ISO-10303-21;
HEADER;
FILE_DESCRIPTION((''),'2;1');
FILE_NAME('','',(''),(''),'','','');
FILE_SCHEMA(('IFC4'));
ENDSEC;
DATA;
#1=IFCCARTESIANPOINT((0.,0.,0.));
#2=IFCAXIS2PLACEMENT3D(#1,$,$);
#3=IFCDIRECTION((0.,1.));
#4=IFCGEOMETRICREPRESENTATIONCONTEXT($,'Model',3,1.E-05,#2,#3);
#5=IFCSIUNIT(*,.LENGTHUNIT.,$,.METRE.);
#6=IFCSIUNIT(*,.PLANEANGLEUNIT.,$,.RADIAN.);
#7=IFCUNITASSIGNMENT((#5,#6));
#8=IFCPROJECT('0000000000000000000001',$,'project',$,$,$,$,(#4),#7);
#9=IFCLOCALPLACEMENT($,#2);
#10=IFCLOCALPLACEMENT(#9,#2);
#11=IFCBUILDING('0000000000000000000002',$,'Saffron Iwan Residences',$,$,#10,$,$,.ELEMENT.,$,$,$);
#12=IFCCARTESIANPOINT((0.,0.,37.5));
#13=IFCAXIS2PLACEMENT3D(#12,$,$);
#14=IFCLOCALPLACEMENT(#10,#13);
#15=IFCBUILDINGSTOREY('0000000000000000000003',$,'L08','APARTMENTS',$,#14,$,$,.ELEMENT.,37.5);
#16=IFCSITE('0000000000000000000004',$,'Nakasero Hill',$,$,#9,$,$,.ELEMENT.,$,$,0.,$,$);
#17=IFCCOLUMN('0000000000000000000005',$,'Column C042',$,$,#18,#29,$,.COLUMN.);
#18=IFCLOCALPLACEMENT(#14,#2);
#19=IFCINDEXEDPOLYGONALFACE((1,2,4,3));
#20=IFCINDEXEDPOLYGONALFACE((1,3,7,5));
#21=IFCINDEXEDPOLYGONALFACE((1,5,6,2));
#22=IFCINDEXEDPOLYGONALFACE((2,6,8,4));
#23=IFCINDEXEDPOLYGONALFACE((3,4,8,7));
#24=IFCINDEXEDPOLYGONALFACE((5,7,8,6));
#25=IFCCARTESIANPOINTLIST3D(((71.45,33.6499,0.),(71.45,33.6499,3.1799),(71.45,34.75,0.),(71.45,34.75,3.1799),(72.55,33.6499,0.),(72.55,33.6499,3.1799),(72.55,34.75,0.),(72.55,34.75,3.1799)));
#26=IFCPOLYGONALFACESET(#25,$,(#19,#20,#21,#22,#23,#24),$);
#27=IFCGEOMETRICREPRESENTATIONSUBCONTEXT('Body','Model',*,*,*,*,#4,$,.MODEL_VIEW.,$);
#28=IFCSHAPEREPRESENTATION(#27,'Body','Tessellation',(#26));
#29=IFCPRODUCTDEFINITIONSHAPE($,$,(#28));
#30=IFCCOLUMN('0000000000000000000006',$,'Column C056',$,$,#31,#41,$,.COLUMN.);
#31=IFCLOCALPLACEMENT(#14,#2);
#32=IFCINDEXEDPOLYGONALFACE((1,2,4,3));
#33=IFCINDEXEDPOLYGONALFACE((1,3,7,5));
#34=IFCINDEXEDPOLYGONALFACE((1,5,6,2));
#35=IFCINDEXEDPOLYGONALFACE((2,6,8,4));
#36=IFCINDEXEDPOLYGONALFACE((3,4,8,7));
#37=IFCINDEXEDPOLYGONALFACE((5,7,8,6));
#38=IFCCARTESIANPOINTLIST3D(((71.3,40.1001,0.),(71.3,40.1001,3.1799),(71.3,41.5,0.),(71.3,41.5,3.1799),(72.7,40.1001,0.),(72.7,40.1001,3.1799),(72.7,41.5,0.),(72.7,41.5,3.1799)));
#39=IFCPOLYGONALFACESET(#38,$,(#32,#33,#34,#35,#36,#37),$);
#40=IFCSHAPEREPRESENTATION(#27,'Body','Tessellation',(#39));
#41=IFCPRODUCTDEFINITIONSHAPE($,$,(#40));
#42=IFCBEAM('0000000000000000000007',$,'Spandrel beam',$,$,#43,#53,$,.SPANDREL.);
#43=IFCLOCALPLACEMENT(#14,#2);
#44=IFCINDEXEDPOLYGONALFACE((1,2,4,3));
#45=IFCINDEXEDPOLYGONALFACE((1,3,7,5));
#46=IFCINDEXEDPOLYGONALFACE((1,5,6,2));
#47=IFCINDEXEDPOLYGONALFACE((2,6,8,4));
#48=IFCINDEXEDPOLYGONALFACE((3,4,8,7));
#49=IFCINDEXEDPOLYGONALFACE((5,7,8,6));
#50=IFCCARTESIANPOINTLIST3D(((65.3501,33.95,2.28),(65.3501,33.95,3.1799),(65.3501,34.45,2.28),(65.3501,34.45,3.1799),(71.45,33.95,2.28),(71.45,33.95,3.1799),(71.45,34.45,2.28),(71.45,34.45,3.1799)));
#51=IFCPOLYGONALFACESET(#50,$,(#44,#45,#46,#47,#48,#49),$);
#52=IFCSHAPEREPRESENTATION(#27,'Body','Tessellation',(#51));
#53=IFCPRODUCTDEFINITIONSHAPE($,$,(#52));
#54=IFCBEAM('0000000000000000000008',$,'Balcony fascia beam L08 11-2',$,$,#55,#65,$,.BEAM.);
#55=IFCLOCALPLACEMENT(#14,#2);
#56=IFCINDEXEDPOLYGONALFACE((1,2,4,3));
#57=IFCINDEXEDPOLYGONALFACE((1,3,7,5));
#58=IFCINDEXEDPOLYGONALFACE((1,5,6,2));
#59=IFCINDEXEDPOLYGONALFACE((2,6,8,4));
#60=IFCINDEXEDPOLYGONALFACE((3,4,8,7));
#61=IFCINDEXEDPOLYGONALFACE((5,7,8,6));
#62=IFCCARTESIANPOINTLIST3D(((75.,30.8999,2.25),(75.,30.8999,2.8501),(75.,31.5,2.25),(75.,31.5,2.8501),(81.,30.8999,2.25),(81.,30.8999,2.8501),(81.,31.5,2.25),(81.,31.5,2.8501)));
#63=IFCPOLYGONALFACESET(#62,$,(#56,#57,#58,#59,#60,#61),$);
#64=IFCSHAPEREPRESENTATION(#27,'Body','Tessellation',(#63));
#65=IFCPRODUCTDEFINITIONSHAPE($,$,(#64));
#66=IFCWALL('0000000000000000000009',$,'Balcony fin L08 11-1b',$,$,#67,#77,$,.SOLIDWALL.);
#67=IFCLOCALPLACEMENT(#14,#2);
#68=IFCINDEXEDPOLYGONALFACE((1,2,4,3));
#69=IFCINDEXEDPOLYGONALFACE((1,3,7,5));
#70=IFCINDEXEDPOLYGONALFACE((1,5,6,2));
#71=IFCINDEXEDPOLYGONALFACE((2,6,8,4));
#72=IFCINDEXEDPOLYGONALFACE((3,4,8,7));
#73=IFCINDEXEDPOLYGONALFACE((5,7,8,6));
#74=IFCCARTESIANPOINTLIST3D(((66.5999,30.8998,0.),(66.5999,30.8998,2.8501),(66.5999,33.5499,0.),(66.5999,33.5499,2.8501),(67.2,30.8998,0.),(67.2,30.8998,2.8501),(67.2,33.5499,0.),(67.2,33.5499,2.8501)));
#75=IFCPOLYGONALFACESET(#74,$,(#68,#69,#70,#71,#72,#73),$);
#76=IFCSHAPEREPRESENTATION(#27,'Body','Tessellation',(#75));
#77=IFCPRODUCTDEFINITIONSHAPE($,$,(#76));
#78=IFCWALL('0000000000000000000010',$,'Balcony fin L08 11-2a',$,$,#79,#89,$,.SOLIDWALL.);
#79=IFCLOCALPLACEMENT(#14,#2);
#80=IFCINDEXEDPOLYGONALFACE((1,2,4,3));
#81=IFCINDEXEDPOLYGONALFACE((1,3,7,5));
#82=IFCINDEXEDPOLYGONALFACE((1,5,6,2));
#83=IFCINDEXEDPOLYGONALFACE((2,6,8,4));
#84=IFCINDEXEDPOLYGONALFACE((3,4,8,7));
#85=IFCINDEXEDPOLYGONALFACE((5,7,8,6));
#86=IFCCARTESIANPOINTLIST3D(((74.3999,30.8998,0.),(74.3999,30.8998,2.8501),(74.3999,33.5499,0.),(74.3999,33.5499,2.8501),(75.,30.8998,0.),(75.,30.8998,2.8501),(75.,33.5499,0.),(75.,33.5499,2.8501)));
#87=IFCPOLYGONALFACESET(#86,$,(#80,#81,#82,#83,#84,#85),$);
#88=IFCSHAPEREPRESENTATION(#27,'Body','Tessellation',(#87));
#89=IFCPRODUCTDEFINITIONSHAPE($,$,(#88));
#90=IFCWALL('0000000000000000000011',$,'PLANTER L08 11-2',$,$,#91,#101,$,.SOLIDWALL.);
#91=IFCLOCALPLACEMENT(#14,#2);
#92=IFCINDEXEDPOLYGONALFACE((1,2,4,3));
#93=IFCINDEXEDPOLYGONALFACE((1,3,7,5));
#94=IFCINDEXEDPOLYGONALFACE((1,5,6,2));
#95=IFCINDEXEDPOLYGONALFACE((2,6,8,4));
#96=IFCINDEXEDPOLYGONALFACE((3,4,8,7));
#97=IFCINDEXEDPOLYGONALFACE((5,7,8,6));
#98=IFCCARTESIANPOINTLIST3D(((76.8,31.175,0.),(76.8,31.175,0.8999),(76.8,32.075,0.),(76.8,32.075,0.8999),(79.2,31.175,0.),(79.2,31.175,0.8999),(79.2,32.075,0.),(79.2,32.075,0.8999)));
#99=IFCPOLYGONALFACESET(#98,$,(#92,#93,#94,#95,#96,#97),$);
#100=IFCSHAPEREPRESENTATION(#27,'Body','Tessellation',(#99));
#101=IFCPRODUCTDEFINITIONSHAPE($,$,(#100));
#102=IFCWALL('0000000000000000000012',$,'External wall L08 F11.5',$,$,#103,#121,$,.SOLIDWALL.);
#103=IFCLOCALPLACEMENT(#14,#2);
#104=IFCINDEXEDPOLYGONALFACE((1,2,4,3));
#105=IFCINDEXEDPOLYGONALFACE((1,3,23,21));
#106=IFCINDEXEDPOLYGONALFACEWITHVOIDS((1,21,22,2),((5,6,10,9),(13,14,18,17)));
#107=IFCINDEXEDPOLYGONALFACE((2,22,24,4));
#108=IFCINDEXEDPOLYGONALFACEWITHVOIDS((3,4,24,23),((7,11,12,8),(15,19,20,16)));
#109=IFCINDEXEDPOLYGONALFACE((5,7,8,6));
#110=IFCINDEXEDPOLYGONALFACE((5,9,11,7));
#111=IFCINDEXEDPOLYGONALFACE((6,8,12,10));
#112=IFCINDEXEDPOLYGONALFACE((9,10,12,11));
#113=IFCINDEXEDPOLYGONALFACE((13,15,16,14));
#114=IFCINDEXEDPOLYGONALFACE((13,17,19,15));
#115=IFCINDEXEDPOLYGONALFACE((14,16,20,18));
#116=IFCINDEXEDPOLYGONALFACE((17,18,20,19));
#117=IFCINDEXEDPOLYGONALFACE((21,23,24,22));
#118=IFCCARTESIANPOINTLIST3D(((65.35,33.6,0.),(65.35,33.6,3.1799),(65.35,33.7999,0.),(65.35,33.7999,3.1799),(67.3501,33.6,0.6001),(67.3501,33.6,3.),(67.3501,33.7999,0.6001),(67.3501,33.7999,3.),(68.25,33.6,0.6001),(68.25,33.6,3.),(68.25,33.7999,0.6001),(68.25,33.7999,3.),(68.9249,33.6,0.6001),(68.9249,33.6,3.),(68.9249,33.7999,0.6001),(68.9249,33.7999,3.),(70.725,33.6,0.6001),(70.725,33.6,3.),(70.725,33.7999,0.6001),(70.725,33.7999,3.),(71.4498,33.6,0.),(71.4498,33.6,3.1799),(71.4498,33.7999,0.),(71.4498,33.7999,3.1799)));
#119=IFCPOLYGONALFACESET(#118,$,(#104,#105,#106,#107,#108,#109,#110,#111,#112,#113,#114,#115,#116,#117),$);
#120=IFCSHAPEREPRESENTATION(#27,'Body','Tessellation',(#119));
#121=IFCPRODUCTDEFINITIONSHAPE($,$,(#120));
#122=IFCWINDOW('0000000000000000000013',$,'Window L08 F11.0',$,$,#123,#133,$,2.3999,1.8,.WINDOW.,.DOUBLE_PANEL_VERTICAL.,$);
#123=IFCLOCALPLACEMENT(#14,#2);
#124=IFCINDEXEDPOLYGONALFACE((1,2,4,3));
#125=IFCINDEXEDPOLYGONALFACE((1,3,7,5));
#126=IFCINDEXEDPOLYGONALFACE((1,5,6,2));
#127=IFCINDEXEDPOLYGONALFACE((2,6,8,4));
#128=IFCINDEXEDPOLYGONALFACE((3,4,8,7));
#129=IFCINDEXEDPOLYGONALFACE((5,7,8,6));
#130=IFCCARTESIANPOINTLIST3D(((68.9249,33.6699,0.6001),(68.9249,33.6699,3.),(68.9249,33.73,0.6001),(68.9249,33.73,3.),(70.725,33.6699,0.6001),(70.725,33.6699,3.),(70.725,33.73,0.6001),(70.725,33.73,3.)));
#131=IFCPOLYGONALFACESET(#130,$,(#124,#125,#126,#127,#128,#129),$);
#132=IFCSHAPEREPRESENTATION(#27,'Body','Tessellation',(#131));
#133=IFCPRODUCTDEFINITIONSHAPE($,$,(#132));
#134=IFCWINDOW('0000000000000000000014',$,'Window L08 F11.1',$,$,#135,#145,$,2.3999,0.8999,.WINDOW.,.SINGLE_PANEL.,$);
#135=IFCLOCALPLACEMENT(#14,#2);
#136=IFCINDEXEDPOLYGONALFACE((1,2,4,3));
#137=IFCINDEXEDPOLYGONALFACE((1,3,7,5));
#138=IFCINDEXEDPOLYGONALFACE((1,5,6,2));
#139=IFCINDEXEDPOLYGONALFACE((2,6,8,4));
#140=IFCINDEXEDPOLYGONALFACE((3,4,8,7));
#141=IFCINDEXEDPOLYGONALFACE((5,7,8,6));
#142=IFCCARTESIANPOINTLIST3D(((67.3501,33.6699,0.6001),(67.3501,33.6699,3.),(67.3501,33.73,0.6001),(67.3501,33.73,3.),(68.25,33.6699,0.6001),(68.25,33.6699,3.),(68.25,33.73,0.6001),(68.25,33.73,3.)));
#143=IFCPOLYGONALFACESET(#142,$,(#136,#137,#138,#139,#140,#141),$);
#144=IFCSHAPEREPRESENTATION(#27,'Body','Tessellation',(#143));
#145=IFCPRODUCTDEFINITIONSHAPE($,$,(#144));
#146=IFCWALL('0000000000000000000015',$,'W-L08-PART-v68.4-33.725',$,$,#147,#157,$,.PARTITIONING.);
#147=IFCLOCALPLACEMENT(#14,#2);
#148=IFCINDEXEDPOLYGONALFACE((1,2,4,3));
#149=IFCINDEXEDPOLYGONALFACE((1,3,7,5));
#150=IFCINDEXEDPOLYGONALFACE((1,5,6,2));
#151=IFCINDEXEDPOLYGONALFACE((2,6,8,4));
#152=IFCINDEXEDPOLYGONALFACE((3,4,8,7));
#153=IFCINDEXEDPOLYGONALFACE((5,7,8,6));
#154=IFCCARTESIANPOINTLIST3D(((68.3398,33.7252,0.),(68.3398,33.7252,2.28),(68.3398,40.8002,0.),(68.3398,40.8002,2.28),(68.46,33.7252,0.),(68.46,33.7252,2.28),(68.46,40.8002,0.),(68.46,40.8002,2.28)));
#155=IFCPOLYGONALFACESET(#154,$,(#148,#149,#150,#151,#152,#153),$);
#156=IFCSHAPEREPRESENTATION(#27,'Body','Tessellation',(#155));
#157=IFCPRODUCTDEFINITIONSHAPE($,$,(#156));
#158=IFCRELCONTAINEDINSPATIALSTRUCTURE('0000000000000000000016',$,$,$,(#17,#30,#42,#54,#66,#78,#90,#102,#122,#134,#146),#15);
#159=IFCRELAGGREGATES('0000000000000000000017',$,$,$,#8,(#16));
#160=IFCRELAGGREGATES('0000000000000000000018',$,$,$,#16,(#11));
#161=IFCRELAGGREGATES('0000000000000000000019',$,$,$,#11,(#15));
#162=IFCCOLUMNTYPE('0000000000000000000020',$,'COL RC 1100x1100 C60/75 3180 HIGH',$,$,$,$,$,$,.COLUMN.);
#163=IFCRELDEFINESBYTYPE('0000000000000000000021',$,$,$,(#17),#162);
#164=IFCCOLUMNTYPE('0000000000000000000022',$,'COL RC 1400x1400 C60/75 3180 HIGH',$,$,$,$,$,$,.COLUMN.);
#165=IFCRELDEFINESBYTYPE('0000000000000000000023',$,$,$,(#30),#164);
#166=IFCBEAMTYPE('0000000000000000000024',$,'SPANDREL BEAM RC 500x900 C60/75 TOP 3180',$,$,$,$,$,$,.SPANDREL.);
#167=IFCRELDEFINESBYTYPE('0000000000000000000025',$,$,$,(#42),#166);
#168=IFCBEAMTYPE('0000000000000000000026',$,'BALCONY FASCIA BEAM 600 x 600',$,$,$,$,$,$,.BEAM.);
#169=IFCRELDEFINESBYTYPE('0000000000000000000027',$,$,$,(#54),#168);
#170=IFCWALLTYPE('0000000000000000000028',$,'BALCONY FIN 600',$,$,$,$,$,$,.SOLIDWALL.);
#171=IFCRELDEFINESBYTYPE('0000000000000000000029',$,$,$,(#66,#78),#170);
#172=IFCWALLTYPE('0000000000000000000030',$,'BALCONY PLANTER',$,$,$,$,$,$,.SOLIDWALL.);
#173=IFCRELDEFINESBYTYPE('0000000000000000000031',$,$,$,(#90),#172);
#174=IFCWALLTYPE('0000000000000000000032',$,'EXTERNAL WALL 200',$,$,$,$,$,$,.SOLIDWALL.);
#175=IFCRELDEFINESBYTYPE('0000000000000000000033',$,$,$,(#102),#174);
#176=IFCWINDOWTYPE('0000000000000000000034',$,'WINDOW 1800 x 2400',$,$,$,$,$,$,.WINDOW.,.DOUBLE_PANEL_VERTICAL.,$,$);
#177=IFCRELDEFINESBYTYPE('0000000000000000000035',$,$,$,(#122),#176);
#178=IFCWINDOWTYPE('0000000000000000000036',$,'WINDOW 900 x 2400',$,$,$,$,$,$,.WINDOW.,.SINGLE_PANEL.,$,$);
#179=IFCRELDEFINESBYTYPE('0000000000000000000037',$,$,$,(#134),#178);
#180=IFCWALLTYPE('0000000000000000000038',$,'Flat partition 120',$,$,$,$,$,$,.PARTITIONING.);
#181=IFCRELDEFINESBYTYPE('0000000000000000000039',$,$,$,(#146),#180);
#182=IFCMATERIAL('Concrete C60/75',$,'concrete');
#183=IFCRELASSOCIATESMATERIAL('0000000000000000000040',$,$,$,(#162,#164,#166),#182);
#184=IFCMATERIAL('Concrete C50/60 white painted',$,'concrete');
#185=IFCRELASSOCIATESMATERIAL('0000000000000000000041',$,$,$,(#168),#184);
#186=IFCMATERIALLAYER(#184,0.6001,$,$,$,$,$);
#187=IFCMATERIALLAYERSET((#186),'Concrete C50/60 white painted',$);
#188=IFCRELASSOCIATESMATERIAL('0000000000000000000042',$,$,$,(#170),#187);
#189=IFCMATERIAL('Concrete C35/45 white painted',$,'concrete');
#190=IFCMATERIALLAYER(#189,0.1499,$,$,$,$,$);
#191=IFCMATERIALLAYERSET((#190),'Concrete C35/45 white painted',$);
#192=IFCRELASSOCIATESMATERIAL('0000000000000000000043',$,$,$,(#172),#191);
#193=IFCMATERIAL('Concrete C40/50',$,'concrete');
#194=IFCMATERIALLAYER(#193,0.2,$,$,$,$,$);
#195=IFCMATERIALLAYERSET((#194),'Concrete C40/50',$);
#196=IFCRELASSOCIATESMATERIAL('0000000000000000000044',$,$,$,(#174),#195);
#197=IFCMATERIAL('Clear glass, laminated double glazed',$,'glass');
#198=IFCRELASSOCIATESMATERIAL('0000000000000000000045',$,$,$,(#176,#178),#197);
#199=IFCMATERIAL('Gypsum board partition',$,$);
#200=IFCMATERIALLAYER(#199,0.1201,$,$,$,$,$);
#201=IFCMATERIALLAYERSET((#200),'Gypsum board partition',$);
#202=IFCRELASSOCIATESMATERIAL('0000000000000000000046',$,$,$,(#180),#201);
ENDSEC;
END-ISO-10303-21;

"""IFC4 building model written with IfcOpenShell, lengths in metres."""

from ifc_helpers import new_model, si_unit, direction, frame, frame_2d, origin, origin_2d, place, context, subcontext, project, spatial, rectangle, extrude, source, transform, mapped, material, layer, layer_set, material_profile, profile_set, type_object, element, fill, save


model = new_model("IFC4")

# Units and contexts
model_context = context("Model", 3, precision=1e-05, world=origin(), true_north=direction((0.0, 1.0)))
body_context = subcontext(model_context, "Body", "Model", "MODEL_VIEW")
ifc_project = project(units=[si_unit("LENGTHUNIT", "METRE"), si_unit("PLANEANGLEUNIT", "RADIAN")], contexts=[model_context])

# Site, building, storey
site_placement = place(None, origin())
site = spatial("IfcSite", under=ifc_project, at=site_placement, Name="Nakasero Hill", CompositionType="ELEMENT", RefElevation=0.0)
building_placement = place(site_placement, origin())
building = spatial("IfcBuilding", under=site, at=building_placement, Name="Saffron Iwan Residences", CompositionType="ELEMENT")
storey_placement = place(building_placement, frame((0.0, 0.0, 37.5)))
storey = spatial("IfcBuildingStorey", under=building, at=storey_placement, Name="L08", Description="APARTMENTS", CompositionType="ELEMENT", Elevation=37.5)

# Columns
ifc_material_1 = material(Name="Concrete C60/75", Category="concrete")
ifc_material_profile_1 = material_profile(ifc_material_1, rectangle(XDim=1.1001, YDim=1.1001, at=origin_2d()), Name="RC 1100x1100")
ifc_profile_set_1 = profile_set([ifc_material_profile_1], Name="Concrete C60/75")
column_type_1 = type_object("IfcColumnType", Name="COL RC 1100x1100 C60/75 3180 HIGH", PredefinedType="COLUMN", material=ifc_profile_set_1)
shared_shape_1 = source(origin(), body_context, "Body", "SweptSolid", [
    extrude(rectangle(XDim=1.1001, YDim=1.1001, at=origin_2d()), origin(), (0.0, 0.0, 1.0), 3.1799),
])
column_1_placement = place(storey_placement, frame((72.0, 34.2, 0.0), z_axis=(0.0, 0.0, 1.0), x_axis=(1.0, 0.0, 0.0)))
element("IfcColumn", 1, at=column_1_placement, inside=storey, type_object=column_type_1, Name="Column C042", PredefinedType="COLUMN", context=body_context, shape_type="MappedRepresentation", body=[
    mapped(shared_shape_1, transform((0.0, 0.0, 0.0))),
])
ifc_material_profile_2 = material_profile(ifc_material_1, rectangle(XDim=1.3999, YDim=1.3999, at=origin_2d()), Name="RC 1400x1400")
ifc_profile_set_2 = profile_set([ifc_material_profile_2], Name="Concrete C60/75")
column_type_2 = type_object("IfcColumnType", Name="COL RC 1400x1400 C60/75 3180 HIGH", PredefinedType="COLUMN", material=ifc_profile_set_2)
shared_shape_2 = source(origin(), body_context, "Body", "SweptSolid", [
    extrude(rectangle(XDim=1.3999, YDim=1.3999, at=origin_2d()), origin(), (0.0, 0.0, 1.0), 3.1799),
])
column_2_placement = place(storey_placement, frame((72.0, 40.8, 0.0), z_axis=(0.0, 0.0, 1.0), x_axis=(1.0, 0.0, 0.0)))
element("IfcColumn", 2, at=column_2_placement, inside=storey, type_object=column_type_2, Name="Column C056", PredefinedType="COLUMN", context=body_context, shape_type="MappedRepresentation", body=[
    mapped(shared_shape_2, transform((0.0, 0.0, 0.0))),
])

# Beams
ifc_material_profile_3 = material_profile(ifc_material_1, rectangle(XDim=0.5, YDim=0.8999, at=origin_2d()), Name="RC 500x900")
ifc_profile_set_3 = profile_set([ifc_material_profile_3], Name="Concrete C60/75")
beam_type_1 = type_object("IfcBeamType", Name="SPANDREL BEAM RC 500x900 C60/75 TOP 3180", PredefinedType="SPANDREL", material=ifc_profile_set_3)
shared_shape_3 = source(origin(), body_context, "Body", "SweptSolid", [
    extrude(rectangle(XDim=0.5, YDim=0.8999, at=origin_2d()), origin(), (0.0, 0.0, 1.0), 6.0999),
])
beam_1_placement = place(storey_placement, frame((71.45, 34.2, 2.73), z_axis=(-1.0, 0.0, 0.0), x_axis=(0.0, -1.0, 0.0)))
element("IfcBeam", 3, at=beam_1_placement, inside=storey, type_object=beam_type_1, Name="Spandrel beam", PredefinedType="SPANDREL", context=body_context, shape_type="MappedRepresentation", body=[
    mapped(shared_shape_3, transform((0.0, 0.0, 0.0))),
])
ifc_material_2 = material(Name="Concrete C50/60 white painted", Category="concrete")
ifc_material_profile_4 = material_profile(ifc_material_2, rectangle(XDim=0.6001, YDim=0.6001, at=origin_2d()), Name="BALCONY FASCIA BEAM 600 x 600")
ifc_profile_set_4 = profile_set([ifc_material_profile_4], Name="Concrete C50/60 white painted")
beam_type_2 = type_object("IfcBeamType", Name="BALCONY FASCIA BEAM 600 x 600", PredefinedType="BEAM", material=ifc_profile_set_4)
shared_shape_4 = source(origin(), body_context, "Body", "SweptSolid", [
    extrude(rectangle(XDim=0.6001, YDim=0.6001, at=origin_2d()), origin(), (0.0, 0.0, 1.0), 6.0),
])
beam_2_placement = place(storey_placement, frame((75.0, 31.2, 2.55), z_axis=(1.0, 0.0, 0.0), x_axis=(0.0, 1.0, 0.0)))
element("IfcBeam", 4, at=beam_2_placement, inside=storey, type_object=beam_type_2, Name="Balcony fascia beam L08 11-2", PredefinedType="BEAM", context=body_context, shape_type="MappedRepresentation", body=[
    mapped(shared_shape_4, transform((0.0, 0.0, 0.0))),
])

# Walls
ifc_layer_1 = layer(ifc_material_2, 0.6001)
ifc_layer_set_1 = layer_set([ifc_layer_1], Name="Concrete C50/60 white painted")
wall_type_1 = type_object("IfcWallType", Name="BALCONY FIN 600", PredefinedType="SOLIDWALL", material=ifc_layer_set_1)
for number, where, z_axis, x_axis, name in (
    (5, (66.8999, 33.55, 0.0), (0.0, 0.0, 1.0), (0.0, -1.0, 0.0), "Balcony fin L08 11-1b"),
    (6, (74.7, 33.55, 0.0), (0.0, 0.0, 1.0), (0.0, -1.0, 0.0), "Balcony fin L08 11-2a"),
):
    element("IfcWall", number, at=place(storey_placement, frame(where, z_axis=z_axis, x_axis=x_axis)), inside=storey, type_object=wall_type_1, Name=name, PredefinedType="SOLIDWALL", context=body_context, shape_type="SweptSolid", body=[
        extrude(rectangle(XDim=2.6501, YDim=0.6001, at=frame_2d((1.3252, 0.0))), origin(), (0.0, 0.0, 1.0), 2.8501),
    ])
ifc_material_3 = material(Name="Concrete C35/45 white painted", Category="concrete")
ifc_layer_2 = layer(ifc_material_3, 0.1499)
ifc_layer_set_2 = layer_set([ifc_layer_2], Name="Concrete C35/45 white painted")
wall_type_2 = type_object("IfcWallType", Name="BALCONY PLANTER", PredefinedType="SOLIDWALL", material=ifc_layer_set_2)
wall_1_placement = place(storey_placement, frame((76.8, 31.625, 0.0), z_axis=(0.0, 0.0, 1.0), x_axis=(1.0, 0.0, 0.0)))
element("IfcWall", 7, at=wall_1_placement, inside=storey, type_object=wall_type_2, Name="PLANTER L08 11-2", PredefinedType="SOLIDWALL", context=body_context, shape_type="SweptSolid", body=[
    extrude(rectangle(XDim=2.3999, YDim=0.8999, at=frame_2d((1.2, 0.0))), origin(), (0.0, 0.0, 1.0), 0.8999),
])

# Wall, openings, windows
ifc_material_4 = material(Name="Concrete C40/50", Category="concrete")
ifc_layer_3 = layer(ifc_material_4, 0.2)
ifc_layer_set_3 = layer_set([ifc_layer_3], Name="Concrete C40/50")
wall_type_3 = type_object("IfcWallType", Name="EXTERNAL WALL 200", PredefinedType="SOLIDWALL", material=ifc_layer_set_3)
wall_2_placement = place(storey_placement, frame((65.3501, 33.7, 0.0), z_axis=(0.0, 0.0, 1.0), x_axis=(1.0, 0.0, 0.0)))
wall_2 = element("IfcWall", 8, at=wall_2_placement, inside=storey, type_object=wall_type_3, Name="External wall L08 F11.5", PredefinedType="SOLIDWALL", context=body_context, shape_type="SweptSolid", body=[
    extrude(rectangle(XDim=6.0999, YDim=0.2, at=frame_2d((3.0498, 0.0))), origin(), (0.0, 0.0, 1.0), 3.1799),
])
opening_1_placement = place(wall_2_placement, frame((3.575, 0.0, 0.6001)))
opening_1 = element("IfcOpeningElement", 9, at=opening_1_placement, cuts=wall_2, PredefinedType="OPENING", context=body_context, shape_type="SweptSolid", body=[
    extrude(rectangle(XDim=1.8, YDim=2.3999, at=frame_2d((0.8999, 1.2))), frame((0.0, 0.1099, 0.0), z_axis=(0.0, -1.0, 0.0), x_axis=(1.0, 0.0, 0.0)), (0.0, 0.0, 1.0), 0.22),
])
opening_2_placement = place(wall_2_placement, frame((2.0, 0.0, 0.6001)))
opening_2 = element("IfcOpeningElement", 10, at=opening_2_placement, cuts=wall_2, PredefinedType="OPENING", context=body_context, shape_type="SweptSolid", body=[
    extrude(rectangle(XDim=0.8999, YDim=2.3999, at=frame_2d((0.45, 1.2))), frame((0.0, 0.1099, 0.0), z_axis=(0.0, -1.0, 0.0), x_axis=(1.0, 0.0, 0.0)), (0.0, 0.0, 1.0), 0.22),
])
ifc_material_5 = material(Name="Clear glass, laminated double glazed", Category="glass")
window_type_1 = type_object("IfcWindowType", Name="WINDOW 1800 x 2400", PartitioningType="DOUBLE_PANEL_VERTICAL", PredefinedType="WINDOW", material=ifc_material_5)
window_1_placement = place(opening_1_placement, origin())
window_1 = element("IfcWindow", 11, at=window_1_placement, inside=storey, type_object=window_type_1, Name="Window L08 F11.0", OverallHeight=2.3999, OverallWidth=1.8, PartitioningType="DOUBLE_PANEL_VERTICAL", PredefinedType="WINDOW", context=body_context, shape_type="SweptSolid", body=[
    extrude(rectangle(XDim=1.8, YDim=2.3999, at=frame_2d((0.8999, 1.2))), frame((0.0, 0.03, 0.0), z_axis=(0.0, -1.0, 0.0), x_axis=(1.0, 0.0, 0.0)), (0.0, 0.0, 1.0), 0.0601),
])
fill(opening_1, window_1)
window_type_2 = type_object("IfcWindowType", Name="WINDOW 900 x 2400", PartitioningType="SINGLE_PANEL", PredefinedType="WINDOW", material=ifc_material_5)
window_2_placement = place(opening_2_placement, origin())
window_2 = element("IfcWindow", 12, at=window_2_placement, inside=storey, type_object=window_type_2, Name="Window L08 F11.1", OverallHeight=2.3999, OverallWidth=0.8999, PartitioningType="SINGLE_PANEL", PredefinedType="WINDOW", context=body_context, shape_type="SweptSolid", body=[
    extrude(rectangle(XDim=0.8999, YDim=2.3999, at=frame_2d((0.45, 1.2))), frame((0.0, 0.03, 0.0), z_axis=(0.0, -1.0, 0.0), x_axis=(1.0, 0.0, 0.0)), (0.0, 0.0, 1.0), 0.0601),
])
fill(opening_2, window_2)

# Wall
ifc_material_6 = material(Name="Gypsum board partition")
ifc_layer_4 = layer(ifc_material_6, 0.1201)
ifc_layer_set_4 = layer_set([ifc_layer_4], Name="Gypsum board partition")
wall_type_4 = type_object("IfcWallType", Name="Flat partition 120", PredefinedType="PARTITIONING", material=ifc_layer_set_4)
wall_3_placement = place(storey_placement, frame((68.3999, 33.7251, 0.0), z_axis=(0.0, 0.0, 1.0), x_axis=(0.0, 1.0, 0.0)))
element("IfcWall", 13, at=wall_3_placement, inside=storey, type_object=wall_type_4, Name="W-L08-PART-v68.4-33.725", PredefinedType="PARTITIONING", context=body_context, shape_type="SweptSolid", body=[
    extrude(rectangle(XDim=7.075, YDim=0.1201, at=frame_2d((3.5376, 0.0))), origin(), (0.0, 0.0, 1.0), 2.28),
])

save(model, "model.ifc")
